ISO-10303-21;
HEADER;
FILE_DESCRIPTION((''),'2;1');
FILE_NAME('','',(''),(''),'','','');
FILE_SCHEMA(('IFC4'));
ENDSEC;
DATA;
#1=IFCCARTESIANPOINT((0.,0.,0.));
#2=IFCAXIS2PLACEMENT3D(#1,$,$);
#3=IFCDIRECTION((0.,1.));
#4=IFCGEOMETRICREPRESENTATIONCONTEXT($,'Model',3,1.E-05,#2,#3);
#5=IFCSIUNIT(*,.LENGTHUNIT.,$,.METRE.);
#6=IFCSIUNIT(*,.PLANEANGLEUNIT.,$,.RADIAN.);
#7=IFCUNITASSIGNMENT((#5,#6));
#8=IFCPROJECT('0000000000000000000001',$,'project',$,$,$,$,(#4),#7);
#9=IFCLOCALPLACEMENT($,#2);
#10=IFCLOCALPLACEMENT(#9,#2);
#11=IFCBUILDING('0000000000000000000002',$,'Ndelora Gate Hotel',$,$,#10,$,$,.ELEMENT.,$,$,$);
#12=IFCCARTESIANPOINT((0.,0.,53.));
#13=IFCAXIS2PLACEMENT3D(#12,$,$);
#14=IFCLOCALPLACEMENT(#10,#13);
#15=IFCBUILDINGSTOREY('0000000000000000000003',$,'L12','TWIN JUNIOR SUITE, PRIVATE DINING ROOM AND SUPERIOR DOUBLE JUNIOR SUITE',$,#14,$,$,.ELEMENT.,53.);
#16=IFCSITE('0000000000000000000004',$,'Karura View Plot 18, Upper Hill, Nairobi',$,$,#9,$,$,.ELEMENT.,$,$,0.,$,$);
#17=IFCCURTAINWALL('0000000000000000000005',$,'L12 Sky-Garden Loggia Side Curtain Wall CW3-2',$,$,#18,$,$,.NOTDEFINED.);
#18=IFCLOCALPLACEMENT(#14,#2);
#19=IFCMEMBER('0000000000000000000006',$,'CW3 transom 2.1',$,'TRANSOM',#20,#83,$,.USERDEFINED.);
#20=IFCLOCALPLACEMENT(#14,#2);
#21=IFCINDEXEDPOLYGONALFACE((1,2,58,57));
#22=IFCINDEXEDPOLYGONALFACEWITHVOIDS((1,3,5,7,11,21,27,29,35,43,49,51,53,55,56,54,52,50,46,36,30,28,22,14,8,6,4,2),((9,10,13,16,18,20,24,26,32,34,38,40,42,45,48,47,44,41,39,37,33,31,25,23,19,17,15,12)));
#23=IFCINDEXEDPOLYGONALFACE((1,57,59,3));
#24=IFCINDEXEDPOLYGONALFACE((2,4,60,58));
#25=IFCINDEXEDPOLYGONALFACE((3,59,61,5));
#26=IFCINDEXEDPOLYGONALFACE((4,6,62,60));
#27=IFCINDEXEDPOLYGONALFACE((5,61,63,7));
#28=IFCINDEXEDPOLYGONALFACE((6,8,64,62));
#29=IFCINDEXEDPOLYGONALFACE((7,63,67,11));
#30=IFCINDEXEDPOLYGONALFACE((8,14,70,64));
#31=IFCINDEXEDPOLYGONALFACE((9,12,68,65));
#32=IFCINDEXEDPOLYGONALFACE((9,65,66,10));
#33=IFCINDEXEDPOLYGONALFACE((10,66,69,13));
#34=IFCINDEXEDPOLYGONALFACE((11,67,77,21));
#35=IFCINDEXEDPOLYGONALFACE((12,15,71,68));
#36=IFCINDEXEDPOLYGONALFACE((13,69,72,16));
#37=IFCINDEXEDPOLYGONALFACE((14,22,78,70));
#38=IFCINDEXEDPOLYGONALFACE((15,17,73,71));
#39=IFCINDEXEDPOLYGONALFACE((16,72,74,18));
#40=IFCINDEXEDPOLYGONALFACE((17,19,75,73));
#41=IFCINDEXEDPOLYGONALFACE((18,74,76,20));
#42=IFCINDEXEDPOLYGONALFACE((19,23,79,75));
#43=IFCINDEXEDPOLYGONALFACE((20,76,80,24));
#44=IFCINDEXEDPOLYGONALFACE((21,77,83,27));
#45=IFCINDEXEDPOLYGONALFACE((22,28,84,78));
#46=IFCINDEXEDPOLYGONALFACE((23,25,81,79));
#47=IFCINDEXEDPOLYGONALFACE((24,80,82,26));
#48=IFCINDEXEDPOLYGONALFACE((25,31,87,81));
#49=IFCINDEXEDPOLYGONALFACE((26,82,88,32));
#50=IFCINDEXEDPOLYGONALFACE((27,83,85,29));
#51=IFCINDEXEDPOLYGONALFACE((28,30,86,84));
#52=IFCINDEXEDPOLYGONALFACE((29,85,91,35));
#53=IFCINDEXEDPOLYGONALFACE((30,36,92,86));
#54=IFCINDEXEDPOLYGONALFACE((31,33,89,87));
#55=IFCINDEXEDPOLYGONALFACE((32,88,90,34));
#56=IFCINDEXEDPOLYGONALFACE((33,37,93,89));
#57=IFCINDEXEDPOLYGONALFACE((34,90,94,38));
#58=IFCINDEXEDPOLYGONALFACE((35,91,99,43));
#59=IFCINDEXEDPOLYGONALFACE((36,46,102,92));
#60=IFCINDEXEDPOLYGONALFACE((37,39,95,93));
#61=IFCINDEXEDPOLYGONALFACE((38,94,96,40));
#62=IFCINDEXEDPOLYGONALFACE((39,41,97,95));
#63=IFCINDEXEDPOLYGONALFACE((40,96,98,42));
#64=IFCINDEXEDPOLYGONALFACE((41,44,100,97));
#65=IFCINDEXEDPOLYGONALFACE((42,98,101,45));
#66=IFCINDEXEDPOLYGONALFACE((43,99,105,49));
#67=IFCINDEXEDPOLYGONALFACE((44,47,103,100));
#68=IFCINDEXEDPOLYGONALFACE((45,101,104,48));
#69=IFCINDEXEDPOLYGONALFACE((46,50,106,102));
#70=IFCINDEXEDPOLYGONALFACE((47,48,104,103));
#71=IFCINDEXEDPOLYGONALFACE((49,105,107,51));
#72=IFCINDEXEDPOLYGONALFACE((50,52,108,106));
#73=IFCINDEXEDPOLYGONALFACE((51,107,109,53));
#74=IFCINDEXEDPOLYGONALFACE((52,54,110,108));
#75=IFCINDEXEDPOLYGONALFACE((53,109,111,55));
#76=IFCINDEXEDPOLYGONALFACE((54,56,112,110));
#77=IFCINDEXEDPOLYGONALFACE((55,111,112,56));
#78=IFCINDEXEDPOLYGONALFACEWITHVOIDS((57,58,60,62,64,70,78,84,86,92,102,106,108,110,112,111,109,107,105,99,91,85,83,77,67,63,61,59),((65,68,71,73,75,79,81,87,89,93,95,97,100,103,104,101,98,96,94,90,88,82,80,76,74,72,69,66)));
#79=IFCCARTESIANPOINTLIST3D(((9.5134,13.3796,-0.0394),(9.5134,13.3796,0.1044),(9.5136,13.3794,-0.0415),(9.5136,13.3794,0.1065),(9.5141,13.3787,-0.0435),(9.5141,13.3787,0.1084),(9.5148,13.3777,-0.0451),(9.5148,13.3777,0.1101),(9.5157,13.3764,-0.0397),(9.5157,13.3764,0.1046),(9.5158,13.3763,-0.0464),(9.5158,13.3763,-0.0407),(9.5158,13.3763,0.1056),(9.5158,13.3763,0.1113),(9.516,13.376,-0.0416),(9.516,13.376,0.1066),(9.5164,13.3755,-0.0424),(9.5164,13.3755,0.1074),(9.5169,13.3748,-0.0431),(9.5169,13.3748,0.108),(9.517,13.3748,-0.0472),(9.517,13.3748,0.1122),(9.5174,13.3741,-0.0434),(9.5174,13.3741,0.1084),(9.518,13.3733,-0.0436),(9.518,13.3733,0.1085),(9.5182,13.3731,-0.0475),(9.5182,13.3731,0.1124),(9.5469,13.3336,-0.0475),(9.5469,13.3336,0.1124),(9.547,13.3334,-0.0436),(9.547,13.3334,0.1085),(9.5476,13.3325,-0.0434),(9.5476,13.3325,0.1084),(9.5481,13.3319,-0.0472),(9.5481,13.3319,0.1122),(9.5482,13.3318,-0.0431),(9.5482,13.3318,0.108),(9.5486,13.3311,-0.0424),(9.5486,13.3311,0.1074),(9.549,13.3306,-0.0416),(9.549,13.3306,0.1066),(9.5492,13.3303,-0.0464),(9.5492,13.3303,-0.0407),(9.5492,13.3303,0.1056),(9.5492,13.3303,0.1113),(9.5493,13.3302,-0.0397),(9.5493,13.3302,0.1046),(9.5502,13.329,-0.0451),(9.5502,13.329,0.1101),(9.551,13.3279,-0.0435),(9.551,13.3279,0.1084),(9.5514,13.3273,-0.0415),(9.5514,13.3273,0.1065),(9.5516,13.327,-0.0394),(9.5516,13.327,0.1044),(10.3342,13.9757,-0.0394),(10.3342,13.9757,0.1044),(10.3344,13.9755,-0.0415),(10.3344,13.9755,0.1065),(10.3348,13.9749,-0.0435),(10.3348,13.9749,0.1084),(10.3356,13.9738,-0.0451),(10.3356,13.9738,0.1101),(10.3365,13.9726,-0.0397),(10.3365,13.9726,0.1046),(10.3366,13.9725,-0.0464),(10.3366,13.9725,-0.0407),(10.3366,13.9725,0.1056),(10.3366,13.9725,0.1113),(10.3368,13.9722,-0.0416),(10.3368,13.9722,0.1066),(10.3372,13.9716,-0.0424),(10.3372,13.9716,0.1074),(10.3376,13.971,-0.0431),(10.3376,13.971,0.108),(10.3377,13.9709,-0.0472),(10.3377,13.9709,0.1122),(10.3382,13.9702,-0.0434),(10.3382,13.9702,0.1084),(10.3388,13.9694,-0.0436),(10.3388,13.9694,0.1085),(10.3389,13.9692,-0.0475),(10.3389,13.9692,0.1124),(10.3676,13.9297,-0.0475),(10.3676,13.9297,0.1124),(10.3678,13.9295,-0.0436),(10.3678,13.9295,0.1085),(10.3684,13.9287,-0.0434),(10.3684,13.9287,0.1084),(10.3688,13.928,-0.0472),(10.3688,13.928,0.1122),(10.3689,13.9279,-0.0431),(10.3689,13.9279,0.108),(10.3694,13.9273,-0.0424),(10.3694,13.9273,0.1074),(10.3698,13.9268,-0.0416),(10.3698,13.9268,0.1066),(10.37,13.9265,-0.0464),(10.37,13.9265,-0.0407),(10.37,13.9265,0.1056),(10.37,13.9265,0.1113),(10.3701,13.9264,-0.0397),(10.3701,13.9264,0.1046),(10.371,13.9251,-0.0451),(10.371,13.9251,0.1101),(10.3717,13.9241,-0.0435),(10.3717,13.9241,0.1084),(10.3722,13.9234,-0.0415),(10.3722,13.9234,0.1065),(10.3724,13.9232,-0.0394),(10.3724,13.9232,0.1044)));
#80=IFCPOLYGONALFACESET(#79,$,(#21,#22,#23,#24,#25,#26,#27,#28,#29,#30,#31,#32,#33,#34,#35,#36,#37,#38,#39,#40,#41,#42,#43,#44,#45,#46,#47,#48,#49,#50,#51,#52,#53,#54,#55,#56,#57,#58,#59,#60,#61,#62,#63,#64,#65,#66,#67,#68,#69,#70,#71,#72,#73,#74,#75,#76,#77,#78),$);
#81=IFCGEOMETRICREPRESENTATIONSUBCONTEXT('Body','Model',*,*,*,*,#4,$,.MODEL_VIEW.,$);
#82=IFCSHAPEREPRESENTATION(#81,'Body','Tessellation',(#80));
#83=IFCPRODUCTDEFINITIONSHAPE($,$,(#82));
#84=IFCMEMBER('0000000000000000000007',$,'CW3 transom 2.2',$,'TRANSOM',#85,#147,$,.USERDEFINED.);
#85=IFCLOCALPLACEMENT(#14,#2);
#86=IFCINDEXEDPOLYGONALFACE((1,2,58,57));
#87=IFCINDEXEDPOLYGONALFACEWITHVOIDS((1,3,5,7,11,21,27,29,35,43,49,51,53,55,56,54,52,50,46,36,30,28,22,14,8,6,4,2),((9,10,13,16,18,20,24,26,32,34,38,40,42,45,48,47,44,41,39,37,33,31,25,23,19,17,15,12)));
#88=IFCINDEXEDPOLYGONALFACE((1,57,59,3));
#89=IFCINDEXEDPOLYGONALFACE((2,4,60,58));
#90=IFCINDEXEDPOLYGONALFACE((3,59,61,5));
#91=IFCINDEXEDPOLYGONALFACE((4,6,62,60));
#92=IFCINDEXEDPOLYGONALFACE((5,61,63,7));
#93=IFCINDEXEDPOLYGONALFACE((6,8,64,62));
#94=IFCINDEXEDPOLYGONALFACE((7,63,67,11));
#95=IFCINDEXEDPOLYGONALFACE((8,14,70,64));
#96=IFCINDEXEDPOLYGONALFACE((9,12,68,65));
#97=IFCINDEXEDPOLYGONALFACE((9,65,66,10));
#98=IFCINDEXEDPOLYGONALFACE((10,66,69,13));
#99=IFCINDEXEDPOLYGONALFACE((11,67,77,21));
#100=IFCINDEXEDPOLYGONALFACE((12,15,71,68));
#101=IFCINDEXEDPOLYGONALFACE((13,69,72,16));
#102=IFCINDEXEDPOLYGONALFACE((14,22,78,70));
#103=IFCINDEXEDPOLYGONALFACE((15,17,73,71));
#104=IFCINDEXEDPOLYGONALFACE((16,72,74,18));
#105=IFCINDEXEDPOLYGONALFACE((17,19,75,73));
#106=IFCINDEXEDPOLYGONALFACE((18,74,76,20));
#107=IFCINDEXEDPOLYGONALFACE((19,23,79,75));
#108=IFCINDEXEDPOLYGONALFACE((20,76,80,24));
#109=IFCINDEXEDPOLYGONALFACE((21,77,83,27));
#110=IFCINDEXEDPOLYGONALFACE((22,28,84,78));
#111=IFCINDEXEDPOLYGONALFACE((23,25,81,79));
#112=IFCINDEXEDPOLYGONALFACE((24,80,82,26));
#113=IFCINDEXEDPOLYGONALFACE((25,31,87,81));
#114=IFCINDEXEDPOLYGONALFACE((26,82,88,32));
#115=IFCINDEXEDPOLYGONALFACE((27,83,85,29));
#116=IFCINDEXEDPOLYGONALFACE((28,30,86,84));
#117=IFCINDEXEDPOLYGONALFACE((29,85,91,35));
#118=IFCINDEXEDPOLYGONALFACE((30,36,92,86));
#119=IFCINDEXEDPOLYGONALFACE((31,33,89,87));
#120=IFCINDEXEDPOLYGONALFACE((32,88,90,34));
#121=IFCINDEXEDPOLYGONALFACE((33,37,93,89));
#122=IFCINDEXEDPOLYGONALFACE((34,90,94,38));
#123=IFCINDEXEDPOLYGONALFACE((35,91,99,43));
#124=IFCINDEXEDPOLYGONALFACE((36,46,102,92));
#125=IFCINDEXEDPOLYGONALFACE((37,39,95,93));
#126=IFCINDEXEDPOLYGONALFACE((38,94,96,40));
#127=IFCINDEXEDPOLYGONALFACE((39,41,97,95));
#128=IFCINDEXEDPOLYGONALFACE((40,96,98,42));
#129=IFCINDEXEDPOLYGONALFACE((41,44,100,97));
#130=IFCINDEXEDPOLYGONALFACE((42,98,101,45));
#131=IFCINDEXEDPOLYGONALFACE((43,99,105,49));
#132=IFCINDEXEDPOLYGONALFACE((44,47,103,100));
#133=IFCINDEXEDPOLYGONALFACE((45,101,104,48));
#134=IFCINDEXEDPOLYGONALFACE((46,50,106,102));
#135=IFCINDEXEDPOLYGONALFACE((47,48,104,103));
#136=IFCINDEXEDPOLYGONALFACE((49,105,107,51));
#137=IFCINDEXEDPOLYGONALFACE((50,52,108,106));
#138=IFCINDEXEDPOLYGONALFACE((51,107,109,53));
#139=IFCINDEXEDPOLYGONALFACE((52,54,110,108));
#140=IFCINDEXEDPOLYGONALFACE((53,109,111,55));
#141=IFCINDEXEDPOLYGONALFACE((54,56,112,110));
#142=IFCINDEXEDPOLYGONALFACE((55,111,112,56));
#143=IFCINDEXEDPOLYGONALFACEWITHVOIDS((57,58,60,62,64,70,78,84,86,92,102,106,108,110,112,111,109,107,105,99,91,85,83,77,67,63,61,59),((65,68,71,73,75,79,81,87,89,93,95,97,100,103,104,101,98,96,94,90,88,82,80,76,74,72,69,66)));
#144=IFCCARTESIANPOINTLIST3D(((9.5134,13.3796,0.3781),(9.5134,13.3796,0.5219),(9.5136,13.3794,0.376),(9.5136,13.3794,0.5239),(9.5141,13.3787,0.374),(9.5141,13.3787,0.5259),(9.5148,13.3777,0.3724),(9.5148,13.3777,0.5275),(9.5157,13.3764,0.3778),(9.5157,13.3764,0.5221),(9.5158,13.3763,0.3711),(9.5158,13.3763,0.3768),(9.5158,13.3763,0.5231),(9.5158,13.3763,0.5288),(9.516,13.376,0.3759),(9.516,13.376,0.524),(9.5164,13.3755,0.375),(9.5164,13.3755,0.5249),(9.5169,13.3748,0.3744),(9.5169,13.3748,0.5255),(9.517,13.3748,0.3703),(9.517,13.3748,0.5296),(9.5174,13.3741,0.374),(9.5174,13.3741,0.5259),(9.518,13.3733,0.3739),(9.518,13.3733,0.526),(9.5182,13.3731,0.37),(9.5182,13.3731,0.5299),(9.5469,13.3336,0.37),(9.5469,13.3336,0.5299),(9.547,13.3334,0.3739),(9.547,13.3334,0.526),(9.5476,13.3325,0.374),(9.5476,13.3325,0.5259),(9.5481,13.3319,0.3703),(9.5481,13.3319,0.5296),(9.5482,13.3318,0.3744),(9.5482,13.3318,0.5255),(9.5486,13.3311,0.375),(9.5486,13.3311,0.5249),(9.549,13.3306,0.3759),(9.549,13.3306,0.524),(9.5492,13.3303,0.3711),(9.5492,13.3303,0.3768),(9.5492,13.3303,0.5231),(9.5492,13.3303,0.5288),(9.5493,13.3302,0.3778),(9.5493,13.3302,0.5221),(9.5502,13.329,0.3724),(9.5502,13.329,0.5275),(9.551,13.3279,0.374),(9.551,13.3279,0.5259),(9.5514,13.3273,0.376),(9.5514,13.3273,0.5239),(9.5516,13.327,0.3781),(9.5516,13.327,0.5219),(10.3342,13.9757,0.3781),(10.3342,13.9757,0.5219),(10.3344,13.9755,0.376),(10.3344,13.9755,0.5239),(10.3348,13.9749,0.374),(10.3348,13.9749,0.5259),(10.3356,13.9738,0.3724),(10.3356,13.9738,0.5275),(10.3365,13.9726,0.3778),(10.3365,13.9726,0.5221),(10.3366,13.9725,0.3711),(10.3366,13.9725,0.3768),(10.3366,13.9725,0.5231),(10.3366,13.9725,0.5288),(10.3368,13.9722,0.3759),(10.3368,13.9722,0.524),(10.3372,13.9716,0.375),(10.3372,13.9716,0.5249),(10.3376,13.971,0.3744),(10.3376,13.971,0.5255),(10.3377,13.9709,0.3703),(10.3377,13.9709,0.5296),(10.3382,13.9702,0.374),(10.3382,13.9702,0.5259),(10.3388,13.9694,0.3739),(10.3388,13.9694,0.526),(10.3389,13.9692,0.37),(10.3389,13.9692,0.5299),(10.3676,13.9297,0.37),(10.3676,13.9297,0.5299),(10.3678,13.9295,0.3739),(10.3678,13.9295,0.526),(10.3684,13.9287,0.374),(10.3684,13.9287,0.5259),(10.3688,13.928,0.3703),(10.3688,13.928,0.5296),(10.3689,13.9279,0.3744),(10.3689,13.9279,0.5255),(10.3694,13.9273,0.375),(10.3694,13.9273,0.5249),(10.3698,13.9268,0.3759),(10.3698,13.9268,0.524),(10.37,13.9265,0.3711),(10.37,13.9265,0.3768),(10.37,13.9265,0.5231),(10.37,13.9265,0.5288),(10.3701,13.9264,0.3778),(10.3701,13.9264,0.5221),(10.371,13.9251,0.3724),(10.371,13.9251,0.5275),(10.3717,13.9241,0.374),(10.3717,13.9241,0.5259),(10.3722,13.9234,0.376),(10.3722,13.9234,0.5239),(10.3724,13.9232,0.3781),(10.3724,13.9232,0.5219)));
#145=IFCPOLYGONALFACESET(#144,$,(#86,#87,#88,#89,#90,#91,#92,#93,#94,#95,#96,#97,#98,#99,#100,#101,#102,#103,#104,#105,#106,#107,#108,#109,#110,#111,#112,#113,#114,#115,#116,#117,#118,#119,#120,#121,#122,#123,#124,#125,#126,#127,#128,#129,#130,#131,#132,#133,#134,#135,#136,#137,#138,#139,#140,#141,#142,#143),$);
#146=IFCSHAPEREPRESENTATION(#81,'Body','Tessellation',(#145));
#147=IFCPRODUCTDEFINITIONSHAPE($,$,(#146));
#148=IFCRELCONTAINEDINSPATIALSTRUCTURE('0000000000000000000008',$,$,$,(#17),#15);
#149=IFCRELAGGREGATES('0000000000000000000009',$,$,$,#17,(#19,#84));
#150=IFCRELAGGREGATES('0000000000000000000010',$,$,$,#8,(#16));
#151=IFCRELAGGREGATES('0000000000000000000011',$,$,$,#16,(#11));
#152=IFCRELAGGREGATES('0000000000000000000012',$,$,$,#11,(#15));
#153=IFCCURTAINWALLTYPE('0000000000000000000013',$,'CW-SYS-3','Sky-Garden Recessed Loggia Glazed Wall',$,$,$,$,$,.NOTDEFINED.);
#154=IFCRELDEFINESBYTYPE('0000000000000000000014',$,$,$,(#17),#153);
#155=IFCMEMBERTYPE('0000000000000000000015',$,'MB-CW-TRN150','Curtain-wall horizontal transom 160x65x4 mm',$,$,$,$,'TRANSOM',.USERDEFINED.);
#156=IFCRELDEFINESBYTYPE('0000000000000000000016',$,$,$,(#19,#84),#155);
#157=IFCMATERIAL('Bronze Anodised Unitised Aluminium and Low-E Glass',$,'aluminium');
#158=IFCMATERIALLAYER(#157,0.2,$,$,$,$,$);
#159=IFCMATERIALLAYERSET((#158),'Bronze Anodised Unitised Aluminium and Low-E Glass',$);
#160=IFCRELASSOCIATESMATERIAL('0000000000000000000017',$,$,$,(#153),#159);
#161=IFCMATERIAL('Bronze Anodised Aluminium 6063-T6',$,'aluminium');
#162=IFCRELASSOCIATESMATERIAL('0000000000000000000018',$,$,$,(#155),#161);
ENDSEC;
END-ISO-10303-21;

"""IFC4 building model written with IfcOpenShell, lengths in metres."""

from ifc_helpers import new_model, si_unit, direction, frame, origin, origin_2d, place, context, subcontext, project, spatial, hollow_rectangle, extrude, material, layer, layer_set, material_profile, profile_set, type_object, element, aggregate, save


model = new_model("IFC4")

# Units and contexts
model_context = context("Model", 3, precision=1e-05, world=origin(), true_north=direction((0.0, 1.0)))
body_context = subcontext(model_context, "Body", "Model", "MODEL_VIEW")
ifc_project = project(units=[si_unit("LENGTHUNIT", "METRE"), si_unit("PLANEANGLEUNIT", "RADIAN")], contexts=[model_context])

# Site, building, storey
site_placement = place(None, origin())
site = spatial("IfcSite", under=ifc_project, at=site_placement, Name="Karura View Plot 18, Upper Hill, Nairobi", CompositionType="ELEMENT", RefElevation=0.0)
building_placement = place(site_placement, origin())
building = spatial("IfcBuilding", under=site, at=building_placement, Name="Ndelora Gate Hotel", CompositionType="ELEMENT")
storey_placement = place(building_placement, frame((0.0, 0.0, 53.0)))
storey = spatial("IfcBuildingStorey", under=building, at=storey_placement, Name="L12", Description="TWIN JUNIOR SUITE, PRIVATE DINING ROOM AND SUPERIOR DOUBLE JUNIOR SUITE", CompositionType="ELEMENT", Elevation=53.0)

# Curtain wall
ifc_material_1 = material(Name="Bronze Anodised Unitised Aluminium and Low-E Glass", Category="aluminium")
ifc_layer_1 = layer(ifc_material_1, 0.2)
ifc_layer_set_1 = layer_set([ifc_layer_1], Name="Bronze Anodised Unitised Aluminium and Low-E Glass")
curtain_wall_type = type_object("IfcCurtainWallType", Name="CW-SYS-3", Description="Sky-Garden Recessed Loggia Glazed Wall", PredefinedType="NOTDEFINED", material=ifc_layer_set_1)
ifc_material_2 = material(Name="Bronze Anodised Aluminium 6063-T6", Category="aluminium")
curtain_wall_1_placement = place(storey_placement, origin())
curtain_wall_1 = element("IfcCurtainWall", 1, at=curtain_wall_1_placement, inside=storey, type_object=curtain_wall_type, Name="L12 Sky-Garden Loggia Side Curtain Wall CW3-2", PredefinedType="NOTDEFINED")

# Members
ifc_material_profile_1 = material_profile(ifc_material_2, hollow_rectangle(XDim=0.0649, YDim=0.1599, WallThickness=0.0039, InnerFilletRadius=0.0039, OuterFilletRadius=0.0081, at=origin_2d()), Name="ALU 160x65x4")
ifc_profile_set_1 = profile_set([ifc_material_profile_1], Name="Bronze Anodised Aluminium 6063-T6")
member_type_1 = type_object("IfcMemberType", Name="MB-CW-TRN150", Description="Curtain-wall horizontal transom 160x65x4 mm", ElementType="TRANSOM", PredefinedType="USERDEFINED", material=ifc_profile_set_1)
member_1_placement = place(storey_placement, frame((10.3533, 13.9495, 0.0325), z_axis=(-0.80909, -0.587685, 0.0), x_axis=(0.587685, -0.80909, 0.0)))
member_1 = element("IfcMember", 2, at=member_1_placement, type_object=member_type_1, Name="CW3 transom 2.1", ObjectType="TRANSOM", PredefinedType="USERDEFINED", context=body_context, shape_type="SweptSolid", body=[
    extrude(hollow_rectangle(XDim=0.0649, YDim=0.1599, WallThickness=0.0039, InnerFilletRadius=0.0039, OuterFilletRadius=0.0081, at=origin_2d()), origin(), (0.0, 0.0, 1.0), 1.0144),
])
member_2_placement = place(storey_placement, frame((10.3533, 13.9495, 0.45), z_axis=(-0.80909, -0.587685, 0.0), x_axis=(0.587685, -0.80909, 0.0)))
member_2 = element("IfcMember", 3, at=member_2_placement, type_object=member_type_1, Name="CW3 transom 2.2", ObjectType="TRANSOM", PredefinedType="USERDEFINED", context=body_context, shape_type="SweptSolid", body=[
    extrude(hollow_rectangle(XDim=0.0649, YDim=0.1599, WallThickness=0.0039, InnerFilletRadius=0.0039, OuterFilletRadius=0.0081, at=origin_2d()), origin(), (0.0, 0.0, 1.0), 1.0144),
])

aggregate(curtain_wall_1, [member_1, member_2])

save(model, "model.ifc")
